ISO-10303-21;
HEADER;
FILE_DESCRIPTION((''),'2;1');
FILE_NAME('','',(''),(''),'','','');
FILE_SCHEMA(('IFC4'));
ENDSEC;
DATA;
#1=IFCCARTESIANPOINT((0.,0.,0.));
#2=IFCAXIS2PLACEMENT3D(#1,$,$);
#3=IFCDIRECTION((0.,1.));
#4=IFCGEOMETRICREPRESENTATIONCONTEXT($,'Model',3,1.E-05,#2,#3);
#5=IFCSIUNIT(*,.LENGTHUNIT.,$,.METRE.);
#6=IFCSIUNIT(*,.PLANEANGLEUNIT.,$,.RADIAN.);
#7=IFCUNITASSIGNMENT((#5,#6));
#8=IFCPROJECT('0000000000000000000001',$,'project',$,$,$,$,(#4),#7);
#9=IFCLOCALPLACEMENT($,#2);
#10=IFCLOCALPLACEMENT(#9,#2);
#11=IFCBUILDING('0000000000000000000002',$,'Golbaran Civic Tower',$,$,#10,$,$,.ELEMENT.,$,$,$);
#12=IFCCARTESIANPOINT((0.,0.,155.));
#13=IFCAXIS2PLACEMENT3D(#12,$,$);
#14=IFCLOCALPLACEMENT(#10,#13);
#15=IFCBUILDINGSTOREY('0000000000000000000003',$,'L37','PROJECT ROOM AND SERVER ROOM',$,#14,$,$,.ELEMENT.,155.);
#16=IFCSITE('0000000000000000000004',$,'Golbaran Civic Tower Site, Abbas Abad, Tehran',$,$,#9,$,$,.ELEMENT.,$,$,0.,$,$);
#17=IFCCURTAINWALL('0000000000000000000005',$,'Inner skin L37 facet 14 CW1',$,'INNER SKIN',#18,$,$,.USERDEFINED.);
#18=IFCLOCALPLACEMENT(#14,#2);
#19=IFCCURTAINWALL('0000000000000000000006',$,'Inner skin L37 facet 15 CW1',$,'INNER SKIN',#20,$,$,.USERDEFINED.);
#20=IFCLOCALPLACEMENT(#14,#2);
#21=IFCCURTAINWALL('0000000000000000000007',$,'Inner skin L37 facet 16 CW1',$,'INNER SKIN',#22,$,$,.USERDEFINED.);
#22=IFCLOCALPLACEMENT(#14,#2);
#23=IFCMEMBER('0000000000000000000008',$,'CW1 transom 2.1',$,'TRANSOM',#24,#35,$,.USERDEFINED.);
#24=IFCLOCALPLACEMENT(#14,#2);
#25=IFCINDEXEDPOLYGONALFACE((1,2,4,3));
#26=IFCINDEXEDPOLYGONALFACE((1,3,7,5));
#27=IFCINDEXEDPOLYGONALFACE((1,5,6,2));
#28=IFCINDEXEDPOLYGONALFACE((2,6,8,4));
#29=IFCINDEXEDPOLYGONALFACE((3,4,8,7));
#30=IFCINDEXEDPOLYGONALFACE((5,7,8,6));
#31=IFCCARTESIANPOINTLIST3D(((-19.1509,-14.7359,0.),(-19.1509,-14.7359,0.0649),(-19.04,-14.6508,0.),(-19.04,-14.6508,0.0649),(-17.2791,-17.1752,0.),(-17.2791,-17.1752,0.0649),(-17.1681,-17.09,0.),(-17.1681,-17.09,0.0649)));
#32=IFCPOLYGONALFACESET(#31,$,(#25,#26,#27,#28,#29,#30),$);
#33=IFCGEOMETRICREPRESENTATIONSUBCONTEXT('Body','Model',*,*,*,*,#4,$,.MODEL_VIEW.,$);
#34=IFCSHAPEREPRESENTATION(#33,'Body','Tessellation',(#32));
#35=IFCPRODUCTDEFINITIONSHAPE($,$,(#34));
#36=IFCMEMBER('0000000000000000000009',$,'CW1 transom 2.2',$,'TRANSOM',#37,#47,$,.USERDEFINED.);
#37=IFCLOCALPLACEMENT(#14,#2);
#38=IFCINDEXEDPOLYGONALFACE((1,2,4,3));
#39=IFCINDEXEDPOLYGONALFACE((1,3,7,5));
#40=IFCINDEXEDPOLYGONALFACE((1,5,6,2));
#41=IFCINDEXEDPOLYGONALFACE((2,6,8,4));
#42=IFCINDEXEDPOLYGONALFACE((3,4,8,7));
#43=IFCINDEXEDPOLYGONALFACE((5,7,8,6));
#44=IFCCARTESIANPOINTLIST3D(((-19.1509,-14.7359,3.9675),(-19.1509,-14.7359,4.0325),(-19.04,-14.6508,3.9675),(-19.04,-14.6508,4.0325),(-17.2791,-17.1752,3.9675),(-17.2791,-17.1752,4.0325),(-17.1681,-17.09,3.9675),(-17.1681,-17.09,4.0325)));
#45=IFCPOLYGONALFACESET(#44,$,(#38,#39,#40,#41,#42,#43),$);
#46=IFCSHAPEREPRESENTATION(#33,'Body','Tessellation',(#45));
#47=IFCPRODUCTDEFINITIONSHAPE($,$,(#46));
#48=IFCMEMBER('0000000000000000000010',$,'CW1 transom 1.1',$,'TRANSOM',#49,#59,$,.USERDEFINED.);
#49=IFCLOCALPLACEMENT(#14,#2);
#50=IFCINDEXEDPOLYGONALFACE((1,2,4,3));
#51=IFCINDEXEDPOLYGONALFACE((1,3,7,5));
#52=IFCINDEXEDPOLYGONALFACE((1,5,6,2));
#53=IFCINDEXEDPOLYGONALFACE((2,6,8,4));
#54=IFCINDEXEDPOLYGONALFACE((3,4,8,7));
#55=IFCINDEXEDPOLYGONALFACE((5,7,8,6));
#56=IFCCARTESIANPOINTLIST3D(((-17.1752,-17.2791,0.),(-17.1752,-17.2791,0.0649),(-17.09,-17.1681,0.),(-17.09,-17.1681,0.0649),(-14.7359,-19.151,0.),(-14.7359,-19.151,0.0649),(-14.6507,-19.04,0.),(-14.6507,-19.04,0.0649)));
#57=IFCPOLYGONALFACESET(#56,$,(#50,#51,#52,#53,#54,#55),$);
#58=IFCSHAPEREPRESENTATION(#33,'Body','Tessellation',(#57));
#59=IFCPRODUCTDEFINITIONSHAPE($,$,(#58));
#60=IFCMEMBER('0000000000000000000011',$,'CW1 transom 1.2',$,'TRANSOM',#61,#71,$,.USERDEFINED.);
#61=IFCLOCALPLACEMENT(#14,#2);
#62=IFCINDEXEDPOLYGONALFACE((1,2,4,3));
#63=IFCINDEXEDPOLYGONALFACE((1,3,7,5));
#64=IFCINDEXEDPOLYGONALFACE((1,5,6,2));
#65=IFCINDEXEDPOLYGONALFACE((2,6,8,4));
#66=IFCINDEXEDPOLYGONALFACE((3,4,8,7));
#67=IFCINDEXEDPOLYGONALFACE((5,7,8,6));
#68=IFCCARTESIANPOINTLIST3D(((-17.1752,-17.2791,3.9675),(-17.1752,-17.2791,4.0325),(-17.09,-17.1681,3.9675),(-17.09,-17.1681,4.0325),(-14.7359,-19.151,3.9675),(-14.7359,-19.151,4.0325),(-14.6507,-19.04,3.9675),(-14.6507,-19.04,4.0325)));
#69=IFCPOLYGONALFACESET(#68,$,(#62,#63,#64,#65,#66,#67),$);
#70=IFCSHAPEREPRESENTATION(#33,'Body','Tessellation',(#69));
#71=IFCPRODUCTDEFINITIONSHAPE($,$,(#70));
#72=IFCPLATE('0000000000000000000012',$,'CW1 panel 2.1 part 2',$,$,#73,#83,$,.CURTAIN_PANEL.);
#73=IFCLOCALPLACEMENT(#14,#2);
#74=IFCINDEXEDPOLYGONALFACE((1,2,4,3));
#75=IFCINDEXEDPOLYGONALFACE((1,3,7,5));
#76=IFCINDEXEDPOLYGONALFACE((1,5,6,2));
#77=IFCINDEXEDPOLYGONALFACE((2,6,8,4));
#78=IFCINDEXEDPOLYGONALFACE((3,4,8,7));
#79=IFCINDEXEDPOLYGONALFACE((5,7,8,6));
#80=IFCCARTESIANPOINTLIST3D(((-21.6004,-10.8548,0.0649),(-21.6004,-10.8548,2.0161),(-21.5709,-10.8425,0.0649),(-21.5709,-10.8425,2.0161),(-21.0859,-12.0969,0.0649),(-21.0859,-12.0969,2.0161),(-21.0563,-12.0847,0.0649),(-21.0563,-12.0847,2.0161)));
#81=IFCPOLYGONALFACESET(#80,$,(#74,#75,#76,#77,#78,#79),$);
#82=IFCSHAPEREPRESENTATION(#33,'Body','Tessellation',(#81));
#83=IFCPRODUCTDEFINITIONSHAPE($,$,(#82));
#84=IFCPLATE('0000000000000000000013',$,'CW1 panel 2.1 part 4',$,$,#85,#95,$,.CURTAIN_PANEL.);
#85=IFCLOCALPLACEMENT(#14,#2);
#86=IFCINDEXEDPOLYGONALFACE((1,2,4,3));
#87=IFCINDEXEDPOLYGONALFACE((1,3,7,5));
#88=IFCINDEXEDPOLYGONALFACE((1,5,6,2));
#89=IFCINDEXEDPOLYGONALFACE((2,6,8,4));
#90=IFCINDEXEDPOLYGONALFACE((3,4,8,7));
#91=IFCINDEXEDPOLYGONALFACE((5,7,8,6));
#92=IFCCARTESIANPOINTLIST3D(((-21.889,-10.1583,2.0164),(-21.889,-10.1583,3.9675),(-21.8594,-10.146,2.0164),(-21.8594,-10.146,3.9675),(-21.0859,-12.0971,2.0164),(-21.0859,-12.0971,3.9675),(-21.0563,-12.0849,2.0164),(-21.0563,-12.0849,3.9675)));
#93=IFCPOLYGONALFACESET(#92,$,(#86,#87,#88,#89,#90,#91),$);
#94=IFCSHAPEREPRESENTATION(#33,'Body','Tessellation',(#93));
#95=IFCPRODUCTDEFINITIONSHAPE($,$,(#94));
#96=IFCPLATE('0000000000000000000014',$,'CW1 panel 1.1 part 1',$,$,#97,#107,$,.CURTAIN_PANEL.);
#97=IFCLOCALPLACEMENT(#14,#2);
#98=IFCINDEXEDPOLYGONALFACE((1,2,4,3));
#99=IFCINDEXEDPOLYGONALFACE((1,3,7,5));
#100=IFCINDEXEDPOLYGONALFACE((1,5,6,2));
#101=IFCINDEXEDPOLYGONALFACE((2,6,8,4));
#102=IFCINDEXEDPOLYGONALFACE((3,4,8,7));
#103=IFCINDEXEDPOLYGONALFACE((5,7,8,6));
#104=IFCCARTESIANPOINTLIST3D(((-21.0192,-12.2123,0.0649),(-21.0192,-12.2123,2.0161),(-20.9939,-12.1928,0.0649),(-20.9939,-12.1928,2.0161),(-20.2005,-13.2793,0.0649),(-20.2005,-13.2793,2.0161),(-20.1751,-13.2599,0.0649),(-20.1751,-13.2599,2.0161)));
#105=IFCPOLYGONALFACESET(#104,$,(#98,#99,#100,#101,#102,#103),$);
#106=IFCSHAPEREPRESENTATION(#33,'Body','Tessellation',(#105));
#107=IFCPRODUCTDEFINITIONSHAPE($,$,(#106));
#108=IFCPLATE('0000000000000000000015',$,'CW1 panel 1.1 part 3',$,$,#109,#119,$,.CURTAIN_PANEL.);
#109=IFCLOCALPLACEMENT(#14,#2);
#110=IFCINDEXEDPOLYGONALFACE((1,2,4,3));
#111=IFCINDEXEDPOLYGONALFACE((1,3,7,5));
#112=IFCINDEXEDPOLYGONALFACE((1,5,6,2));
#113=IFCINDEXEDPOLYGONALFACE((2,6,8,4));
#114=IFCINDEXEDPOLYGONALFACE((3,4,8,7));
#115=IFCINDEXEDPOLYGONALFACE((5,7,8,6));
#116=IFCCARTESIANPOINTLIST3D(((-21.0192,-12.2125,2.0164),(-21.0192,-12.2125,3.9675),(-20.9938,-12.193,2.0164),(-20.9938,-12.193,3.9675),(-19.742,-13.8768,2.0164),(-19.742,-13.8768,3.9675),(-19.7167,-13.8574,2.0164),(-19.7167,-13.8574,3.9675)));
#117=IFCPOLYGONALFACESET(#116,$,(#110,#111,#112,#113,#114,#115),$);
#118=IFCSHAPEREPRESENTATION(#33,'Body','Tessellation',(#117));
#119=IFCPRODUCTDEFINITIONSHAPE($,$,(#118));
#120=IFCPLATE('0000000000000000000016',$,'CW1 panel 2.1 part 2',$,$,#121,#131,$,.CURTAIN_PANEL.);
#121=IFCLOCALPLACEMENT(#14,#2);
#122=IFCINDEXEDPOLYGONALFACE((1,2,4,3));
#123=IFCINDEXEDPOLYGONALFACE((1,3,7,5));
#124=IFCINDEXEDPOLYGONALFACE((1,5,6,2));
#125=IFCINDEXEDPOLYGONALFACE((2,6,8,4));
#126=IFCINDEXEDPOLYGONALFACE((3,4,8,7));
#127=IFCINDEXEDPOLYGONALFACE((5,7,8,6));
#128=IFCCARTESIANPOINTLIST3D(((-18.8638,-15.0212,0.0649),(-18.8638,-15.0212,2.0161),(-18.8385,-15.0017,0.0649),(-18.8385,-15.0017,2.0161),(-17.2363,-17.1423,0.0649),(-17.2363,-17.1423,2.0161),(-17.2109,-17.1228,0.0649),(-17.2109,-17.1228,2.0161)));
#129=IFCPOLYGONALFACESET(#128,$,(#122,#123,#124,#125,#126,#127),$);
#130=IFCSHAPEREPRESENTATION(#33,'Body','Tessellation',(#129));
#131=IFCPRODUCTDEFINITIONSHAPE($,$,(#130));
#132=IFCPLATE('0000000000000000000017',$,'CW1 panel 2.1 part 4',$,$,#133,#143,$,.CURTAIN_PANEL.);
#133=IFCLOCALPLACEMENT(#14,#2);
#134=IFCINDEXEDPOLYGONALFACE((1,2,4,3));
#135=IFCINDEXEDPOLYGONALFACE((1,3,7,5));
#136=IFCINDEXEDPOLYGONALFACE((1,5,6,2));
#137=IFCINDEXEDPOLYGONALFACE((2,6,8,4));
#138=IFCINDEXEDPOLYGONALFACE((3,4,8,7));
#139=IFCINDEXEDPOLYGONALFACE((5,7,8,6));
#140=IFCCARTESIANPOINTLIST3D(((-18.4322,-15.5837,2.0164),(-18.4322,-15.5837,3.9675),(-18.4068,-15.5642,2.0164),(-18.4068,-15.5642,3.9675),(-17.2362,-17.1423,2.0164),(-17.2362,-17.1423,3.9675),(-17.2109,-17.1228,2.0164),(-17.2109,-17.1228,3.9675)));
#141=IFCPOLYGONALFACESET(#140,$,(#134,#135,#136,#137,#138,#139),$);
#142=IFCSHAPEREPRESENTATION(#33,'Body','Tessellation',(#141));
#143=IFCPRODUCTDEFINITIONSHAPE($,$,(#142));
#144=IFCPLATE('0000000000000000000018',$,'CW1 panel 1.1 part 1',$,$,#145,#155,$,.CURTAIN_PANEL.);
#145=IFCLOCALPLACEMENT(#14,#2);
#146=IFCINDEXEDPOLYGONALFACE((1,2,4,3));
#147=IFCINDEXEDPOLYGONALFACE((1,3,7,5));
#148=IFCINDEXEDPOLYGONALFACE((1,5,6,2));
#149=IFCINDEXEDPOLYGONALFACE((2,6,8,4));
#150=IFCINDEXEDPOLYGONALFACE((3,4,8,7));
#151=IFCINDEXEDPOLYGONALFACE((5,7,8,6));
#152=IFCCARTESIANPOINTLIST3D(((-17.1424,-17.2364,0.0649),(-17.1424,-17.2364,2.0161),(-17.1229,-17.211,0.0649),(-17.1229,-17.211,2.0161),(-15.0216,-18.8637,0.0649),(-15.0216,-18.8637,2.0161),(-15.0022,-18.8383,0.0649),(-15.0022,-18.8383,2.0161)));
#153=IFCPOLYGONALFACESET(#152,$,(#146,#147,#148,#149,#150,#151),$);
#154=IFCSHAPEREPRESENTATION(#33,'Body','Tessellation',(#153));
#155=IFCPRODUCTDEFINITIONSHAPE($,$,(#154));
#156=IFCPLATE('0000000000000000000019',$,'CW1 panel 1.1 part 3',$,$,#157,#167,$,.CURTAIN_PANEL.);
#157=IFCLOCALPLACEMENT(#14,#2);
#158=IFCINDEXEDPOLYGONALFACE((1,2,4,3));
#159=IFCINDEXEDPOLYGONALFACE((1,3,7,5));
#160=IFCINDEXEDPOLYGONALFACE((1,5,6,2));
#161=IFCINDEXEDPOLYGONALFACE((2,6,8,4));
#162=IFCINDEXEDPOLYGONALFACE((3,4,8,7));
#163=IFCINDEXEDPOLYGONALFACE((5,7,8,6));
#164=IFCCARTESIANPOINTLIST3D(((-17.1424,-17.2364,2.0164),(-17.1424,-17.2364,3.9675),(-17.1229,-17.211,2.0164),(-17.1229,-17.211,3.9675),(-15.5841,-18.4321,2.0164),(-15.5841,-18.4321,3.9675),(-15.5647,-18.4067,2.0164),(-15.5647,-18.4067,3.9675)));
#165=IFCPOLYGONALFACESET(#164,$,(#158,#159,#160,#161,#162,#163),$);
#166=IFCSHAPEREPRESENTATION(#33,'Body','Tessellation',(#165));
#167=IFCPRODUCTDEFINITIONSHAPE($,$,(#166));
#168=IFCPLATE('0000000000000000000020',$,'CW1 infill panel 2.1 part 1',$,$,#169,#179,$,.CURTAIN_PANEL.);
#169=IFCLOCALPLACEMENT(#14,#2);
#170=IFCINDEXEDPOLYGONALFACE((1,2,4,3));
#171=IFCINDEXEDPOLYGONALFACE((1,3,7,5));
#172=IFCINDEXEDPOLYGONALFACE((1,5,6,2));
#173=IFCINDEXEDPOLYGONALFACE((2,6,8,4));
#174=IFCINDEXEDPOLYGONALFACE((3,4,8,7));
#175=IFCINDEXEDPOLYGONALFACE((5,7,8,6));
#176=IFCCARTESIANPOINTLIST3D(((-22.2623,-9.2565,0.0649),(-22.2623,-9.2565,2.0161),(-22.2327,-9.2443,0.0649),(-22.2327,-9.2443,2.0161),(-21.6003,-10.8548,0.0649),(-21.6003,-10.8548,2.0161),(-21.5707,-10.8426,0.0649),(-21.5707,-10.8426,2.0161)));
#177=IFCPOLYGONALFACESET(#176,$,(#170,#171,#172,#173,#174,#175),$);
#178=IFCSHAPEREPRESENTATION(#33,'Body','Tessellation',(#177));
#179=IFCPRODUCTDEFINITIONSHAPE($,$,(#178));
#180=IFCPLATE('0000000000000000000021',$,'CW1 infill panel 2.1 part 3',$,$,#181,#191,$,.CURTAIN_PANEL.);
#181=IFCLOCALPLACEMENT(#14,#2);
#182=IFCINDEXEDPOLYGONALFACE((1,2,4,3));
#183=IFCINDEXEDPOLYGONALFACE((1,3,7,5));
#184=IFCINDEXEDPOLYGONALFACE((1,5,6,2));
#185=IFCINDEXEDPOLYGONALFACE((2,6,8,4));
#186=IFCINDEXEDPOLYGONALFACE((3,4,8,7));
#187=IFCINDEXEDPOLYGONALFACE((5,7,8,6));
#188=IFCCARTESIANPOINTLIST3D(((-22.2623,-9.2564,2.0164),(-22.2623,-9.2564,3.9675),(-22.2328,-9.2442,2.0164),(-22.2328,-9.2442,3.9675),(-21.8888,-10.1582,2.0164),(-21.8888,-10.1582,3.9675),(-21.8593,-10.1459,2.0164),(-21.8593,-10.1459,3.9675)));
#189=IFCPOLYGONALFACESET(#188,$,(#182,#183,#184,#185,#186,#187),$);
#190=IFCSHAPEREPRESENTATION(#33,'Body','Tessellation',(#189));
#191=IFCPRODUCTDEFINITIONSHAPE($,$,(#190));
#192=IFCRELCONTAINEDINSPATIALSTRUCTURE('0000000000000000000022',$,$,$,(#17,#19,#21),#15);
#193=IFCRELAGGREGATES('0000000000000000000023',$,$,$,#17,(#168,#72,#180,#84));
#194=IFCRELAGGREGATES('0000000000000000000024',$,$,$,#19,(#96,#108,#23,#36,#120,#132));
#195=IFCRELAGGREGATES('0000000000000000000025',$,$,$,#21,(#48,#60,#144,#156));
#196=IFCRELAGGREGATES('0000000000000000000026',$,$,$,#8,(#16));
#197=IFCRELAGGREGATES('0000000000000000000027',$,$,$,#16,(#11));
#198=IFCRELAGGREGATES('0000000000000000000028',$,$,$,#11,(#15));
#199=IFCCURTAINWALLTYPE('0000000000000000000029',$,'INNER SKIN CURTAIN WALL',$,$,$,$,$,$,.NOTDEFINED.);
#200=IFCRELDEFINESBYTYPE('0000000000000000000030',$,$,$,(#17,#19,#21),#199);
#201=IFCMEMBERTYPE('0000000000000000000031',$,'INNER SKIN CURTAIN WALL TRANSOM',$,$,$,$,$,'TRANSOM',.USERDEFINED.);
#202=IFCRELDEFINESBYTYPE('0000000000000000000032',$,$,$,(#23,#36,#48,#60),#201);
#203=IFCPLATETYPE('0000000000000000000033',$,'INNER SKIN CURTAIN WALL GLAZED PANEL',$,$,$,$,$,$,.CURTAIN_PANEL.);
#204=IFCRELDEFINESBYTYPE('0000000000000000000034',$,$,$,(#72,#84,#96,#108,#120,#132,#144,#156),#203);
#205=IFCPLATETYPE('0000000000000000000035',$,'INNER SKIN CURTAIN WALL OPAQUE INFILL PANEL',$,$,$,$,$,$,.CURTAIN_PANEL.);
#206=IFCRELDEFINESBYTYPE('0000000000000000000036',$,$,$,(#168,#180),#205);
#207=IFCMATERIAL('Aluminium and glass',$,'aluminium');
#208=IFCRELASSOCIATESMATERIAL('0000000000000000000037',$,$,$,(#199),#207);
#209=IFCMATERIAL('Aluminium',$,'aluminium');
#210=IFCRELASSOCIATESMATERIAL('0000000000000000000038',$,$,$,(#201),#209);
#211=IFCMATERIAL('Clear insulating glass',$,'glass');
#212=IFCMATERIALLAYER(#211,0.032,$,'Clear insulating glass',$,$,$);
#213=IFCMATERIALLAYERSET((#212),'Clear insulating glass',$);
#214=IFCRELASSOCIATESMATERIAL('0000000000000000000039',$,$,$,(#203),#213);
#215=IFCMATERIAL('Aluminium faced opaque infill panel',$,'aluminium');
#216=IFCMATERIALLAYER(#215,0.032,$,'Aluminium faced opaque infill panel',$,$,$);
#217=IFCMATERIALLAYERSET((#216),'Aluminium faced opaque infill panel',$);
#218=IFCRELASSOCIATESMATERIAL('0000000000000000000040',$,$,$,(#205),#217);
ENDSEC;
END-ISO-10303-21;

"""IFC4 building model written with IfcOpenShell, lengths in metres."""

from ifc_helpers import new_model, si_unit, direction, frame, origin, origin_2d, place, context, subcontext, project, spatial, rectangle, extrude, material, layer, layer_set, material_profile, profile_set, type_object, element, aggregate, save


model = new_model("IFC4")

# Units and contexts
model_context = context("Model", 3, precision=1e-05, world=origin(), true_north=direction((0.0, 1.0)))
body_context = subcontext(model_context, "Body", "Model", "MODEL_VIEW")
ifc_project = project(units=[si_unit("LENGTHUNIT", "METRE"), si_unit("PLANEANGLEUNIT", "RADIAN")], contexts=[model_context])

# Site, building, storey
site_placement = place(None, origin())
site = spatial("IfcSite", under=ifc_project, at=site_placement, Name="Golbaran Civic Tower Site, Abbas Abad, Tehran", CompositionType="ELEMENT", RefElevation=0.0)
building_placement = place(site_placement, origin())
building = spatial("IfcBuilding", under=site, at=building_placement, Name="Golbaran Civic Tower", CompositionType="ELEMENT")
storey_placement = place(building_placement, frame((0.0, 0.0, 155.0)))
storey = spatial("IfcBuildingStorey", under=building, at=storey_placement, Name="L37", Description="PROJECT ROOM AND SERVER ROOM", CompositionType="ELEMENT", Elevation=155.0)

# Curtain wall
ifc_material_1 = material(Name="Aluminium and glass", Category="aluminium")
curtain_wall_type = type_object("IfcCurtainWallType", Name="INNER SKIN CURTAIN WALL", PredefinedType="NOTDEFINED", material=ifc_material_1)
curtain_wall_1_placement = place(storey_placement, origin())
curtain_wall_1 = element("IfcCurtainWall", 1, at=curtain_wall_1_placement, inside=storey, type_object=curtain_wall_type, Name="Inner skin L37 facet 14 CW1", ObjectType="INNER SKIN", PredefinedType="USERDEFINED")
ifc_material_2 = material(Name="Aluminium", Category="aluminium")

# Curtain wall
curtain_wall_2_placement = place(storey_placement, origin())
curtain_wall_2 = element("IfcCurtainWall", 2, at=curtain_wall_2_placement, inside=storey, type_object=curtain_wall_type, Name="Inner skin L37 facet 15 CW1", ObjectType="INNER SKIN", PredefinedType="USERDEFINED")

# Curtain wall
curtain_wall_3_placement = place(storey_placement, origin())
curtain_wall_3 = element("IfcCurtainWall", 3, at=curtain_wall_3_placement, inside=storey, type_object=curtain_wall_type, Name="Inner skin L37 facet 16 CW1", ObjectType="INNER SKIN", PredefinedType="USERDEFINED")

# Members
ifc_material_profile_1 = material_profile(ifc_material_2, rectangle(XDim=0.1399, YDim=0.0649, at=origin_2d()), Name="INNER SKIN CURTAIN WALL TRANSOM")
ifc_profile_set_1 = profile_set([ifc_material_profile_1], Name="Aluminium")
member_type_1 = type_object("IfcMemberType", Name="INNER SKIN CURTAIN WALL TRANSOM", ElementType="TRANSOM", PredefinedType="USERDEFINED", material=ifc_profile_set_1)
member_1_placement = place(storey_placement, frame((-19.0955, -14.6934, 0.0325), z_axis=(0.608793, -0.793329, 0.0), x_axis=(0.793329, 0.608793, 0.0)))
member_1 = element("IfcMember", 4, at=member_1_placement, type_object=member_type_1, Name="CW1 transom 2.1", ObjectType="TRANSOM", PredefinedType="USERDEFINED", context=body_context, shape_type="SweptSolid", body=[
    extrude(rectangle(XDim=0.1399, YDim=0.0649, at=origin_2d()), origin(), (0.0, 0.0, 1.0), 3.0747),
])
member_2_placement = place(storey_placement, frame((-19.0955, -14.6934, 4.0), z_axis=(0.608793, -0.793329, 0.0), x_axis=(0.793329, 0.608793, 0.0)))
member_2 = element("IfcMember", 5, at=member_2_placement, type_object=member_type_1, Name="CW1 transom 2.2", ObjectType="TRANSOM", PredefinedType="USERDEFINED", context=body_context, shape_type="SweptSolid", body=[
    extrude(rectangle(XDim=0.1399, YDim=0.0649, at=origin_2d()), origin(), (0.0, 0.0, 1.0), 3.0747),
])
member_3_placement = place(storey_placement, frame((-17.1326, -17.2236, 0.0325), z_axis=(0.793329, -0.608793, 0.0), x_axis=(0.608793, 0.793329, 0.0)))
member_3 = element("IfcMember", 6, at=member_3_placement, type_object=member_type_1, Name="CW1 transom 1.1", ObjectType="TRANSOM", PredefinedType="USERDEFINED", context=body_context, shape_type="SweptSolid", body=[
    extrude(rectangle(XDim=0.1399, YDim=0.0649, at=origin_2d()), origin(), (0.0, 0.0, 1.0), 3.0747),
])
member_4_placement = place(storey_placement, frame((-17.1326, -17.2236, 4.0), z_axis=(0.793329, -0.608793, 0.0), x_axis=(0.608793, 0.793329, 0.0)))
member_4 = element("IfcMember", 7, at=member_4_placement, type_object=member_type_1, Name="CW1 transom 1.2", ObjectType="TRANSOM", PredefinedType="USERDEFINED", context=body_context, shape_type="SweptSolid", body=[
    extrude(rectangle(XDim=0.1399, YDim=0.0649, at=origin_2d()), origin(), (0.0, 0.0, 1.0), 3.0747),
])

# Plates
ifc_material_3 = material(Name="Clear insulating glass", Category="glass")
ifc_layer_1 = layer(ifc_material_3, 0.032, Name="Clear insulating glass")
ifc_layer_set_1 = layer_set([ifc_layer_1], Name="Clear insulating glass")
plate_type_1 = type_object("IfcPlateType", Name="INNER SKIN CURTAIN WALL GLAZED PANEL", PredefinedType="CURTAIN_PANEL", material=ifc_layer_set_1)
plate_1_placement = place(storey_placement, frame((-21.3284, -11.4697, 0.0649), z_axis=(0.0, 0.0, 1.0), x_axis=(0.382683, -0.92388, 0.0)))
plate_1 = element("IfcPlate", 8, at=plate_1_placement, type_object=plate_type_1, Name="CW1 panel 2.1 part 2", PredefinedType="CURTAIN_PANEL", context=body_context, shape_type="SweptSolid", body=[
    extrude(rectangle(XDim=1.3445, YDim=0.032, at=origin_2d()), origin(), (0.0, 0.0, 1.0), 1.9512),
])
plate_2_placement = place(storey_placement, frame((-21.4727, -11.1216, 2.0164), z_axis=(0.0, 0.0, 1.0), x_axis=(0.382683, -0.92388, 0.0)))
plate_2 = element("IfcPlate", 9, at=plate_2_placement, type_object=plate_type_1, Name="CW1 panel 2.1 part 4", PredefinedType="CURTAIN_PANEL", context=body_context, shape_type="SweptSolid", body=[
    extrude(rectangle(XDim=2.0986, YDim=0.032, at=origin_2d()), origin(), (0.0, 0.0, 1.0), 1.9512),
])
plate_3_placement = place(storey_placement, frame((-20.5972, -12.7361, 0.0649), z_axis=(0.0, 0.0, 1.0), x_axis=(0.608761, -0.793353, 0.0)))
plate_3 = element("IfcPlate", 10, at=plate_3_placement, type_object=plate_type_1, Name="CW1 panel 1.1 part 1", PredefinedType="CURTAIN_PANEL", context=body_context, shape_type="SweptSolid", body=[
    extrude(rectangle(XDim=1.345, YDim=0.032, at=origin_2d()), origin(), (0.0, 0.0, 1.0), 1.9512),
])
plate_4_placement = place(storey_placement, frame((-20.3679, -13.0349, 2.0164), z_axis=(0.0, 0.0, 1.0), x_axis=(0.608761, -0.793353, 0.0)))
plate_4 = element("IfcPlate", 11, at=plate_4_placement, type_object=plate_type_1, Name="CW1 panel 1.1 part 3", PredefinedType="CURTAIN_PANEL", context=body_context, shape_type="SweptSolid", body=[
    extrude(rectangle(XDim=2.0979, YDim=0.032, at=origin_2d()), origin(), (0.0, 0.0, 1.0), 1.9512),
])
plate_5_placement = place(storey_placement, frame((-18.0374, -16.072, 0.0649), z_axis=(0.0, 0.0, 1.0), x_axis=(0.608761, -0.793353, 0.0)))
plate_5 = element("IfcPlate", 12, at=plate_5_placement, type_object=plate_type_1, Name="CW1 panel 2.1 part 2", PredefinedType="CURTAIN_PANEL", context=body_context, shape_type="SweptSolid", body=[
    extrude(rectangle(XDim=2.6736, YDim=0.032, at=origin_2d()), origin(), (0.0, 0.0, 1.0), 1.9512),
])
plate_6_placement = place(storey_placement, frame((-17.8215, -16.3533, 2.0164), z_axis=(0.0, 0.0, 1.0), x_axis=(0.608761, -0.793353, 0.0)))
plate_6 = element("IfcPlate", 13, at=plate_6_placement, type_object=plate_type_1, Name="CW1 panel 2.1 part 4", PredefinedType="CURTAIN_PANEL", context=body_context, shape_type="SweptSolid", body=[
    extrude(rectangle(XDim=1.9646, YDim=0.032, at=origin_2d()), origin(), (0.0, 0.0, 1.0), 1.9512),
])
plate_7_placement = place(storey_placement, frame((-16.0723, -18.0374, 0.0649), z_axis=(0.0, 0.0, 1.0), x_axis=(0.793353, -0.608761, 0.0)))
plate_7 = element("IfcPlate", 14, at=plate_7_placement, type_object=plate_type_1, Name="CW1 panel 1.1 part 1", PredefinedType="CURTAIN_PANEL", context=body_context, shape_type="SweptSolid", body=[
    extrude(rectangle(XDim=2.6731, YDim=0.032, at=origin_2d()), origin(), (0.0, 0.0, 1.0), 1.9512),
])
plate_8_placement = place(storey_placement, frame((-16.3535, -17.8215, 2.0164), z_axis=(0.0, 0.0, 1.0), x_axis=(0.793353, -0.608761, 0.0)))
plate_8 = element("IfcPlate", 15, at=plate_8_placement, type_object=plate_type_1, Name="CW1 panel 1.1 part 3", PredefinedType="CURTAIN_PANEL", context=body_context, shape_type="SweptSolid", body=[
    extrude(rectangle(XDim=1.9641, YDim=0.032, at=origin_2d()), origin(), (0.0, 0.0, 1.0), 1.9512),
])
ifc_material_4 = material(Name="Aluminium faced opaque infill panel", Category="aluminium")
ifc_layer_2 = layer(ifc_material_4, 0.032, Name="Aluminium faced opaque infill panel")
ifc_layer_set_2 = layer_set([ifc_layer_2], Name="Aluminium faced opaque infill panel")
plate_type_2 = type_object("IfcPlateType", Name="INNER SKIN CURTAIN WALL OPAQUE INFILL PANEL", PredefinedType="CURTAIN_PANEL", material=ifc_layer_set_2)
plate_9_placement = place(storey_placement, frame((-21.9165, -10.0496, 0.0649), z_axis=(0.0, 0.0, 1.0), x_axis=(0.382683, -0.92388, 0.0)))
plate_9 = element("IfcPlate", 16, at=plate_9_placement, type_object=plate_type_2, Name="CW1 infill panel 2.1 part 1", PredefinedType="CURTAIN_PANEL", context=body_context, shape_type="SweptSolid", body=[
    extrude(rectangle(XDim=1.73, YDim=0.032, at=origin_2d()), origin(), (0.0, 0.0, 1.0), 1.9512),
])
plate_10_placement = place(storey_placement, frame((-22.0608, -9.7012, 2.0164), z_axis=(0.0, 0.0, 1.0), x_axis=(0.382683, -0.92388, 0.0)))
plate_10 = element("IfcPlate", 17, at=plate_10_placement, type_object=plate_type_2, Name="CW1 infill panel 2.1 part 3", PredefinedType="CURTAIN_PANEL", context=body_context, shape_type="SweptSolid", body=[
    extrude(rectangle(XDim=0.9761, YDim=0.032, at=origin_2d()), origin(), (0.0, 0.0, 1.0), 1.9512),
])
aggregate(curtain_wall_1, [plate_9, plate_1, plate_10, plate_2])
aggregate(curtain_wall_2, [plate_3, plate_4, member_1, member_2, plate_5, plate_6])
aggregate(curtain_wall_3, [member_3, member_4, plate_7, plate_8])

save(model, "model.ifc")
